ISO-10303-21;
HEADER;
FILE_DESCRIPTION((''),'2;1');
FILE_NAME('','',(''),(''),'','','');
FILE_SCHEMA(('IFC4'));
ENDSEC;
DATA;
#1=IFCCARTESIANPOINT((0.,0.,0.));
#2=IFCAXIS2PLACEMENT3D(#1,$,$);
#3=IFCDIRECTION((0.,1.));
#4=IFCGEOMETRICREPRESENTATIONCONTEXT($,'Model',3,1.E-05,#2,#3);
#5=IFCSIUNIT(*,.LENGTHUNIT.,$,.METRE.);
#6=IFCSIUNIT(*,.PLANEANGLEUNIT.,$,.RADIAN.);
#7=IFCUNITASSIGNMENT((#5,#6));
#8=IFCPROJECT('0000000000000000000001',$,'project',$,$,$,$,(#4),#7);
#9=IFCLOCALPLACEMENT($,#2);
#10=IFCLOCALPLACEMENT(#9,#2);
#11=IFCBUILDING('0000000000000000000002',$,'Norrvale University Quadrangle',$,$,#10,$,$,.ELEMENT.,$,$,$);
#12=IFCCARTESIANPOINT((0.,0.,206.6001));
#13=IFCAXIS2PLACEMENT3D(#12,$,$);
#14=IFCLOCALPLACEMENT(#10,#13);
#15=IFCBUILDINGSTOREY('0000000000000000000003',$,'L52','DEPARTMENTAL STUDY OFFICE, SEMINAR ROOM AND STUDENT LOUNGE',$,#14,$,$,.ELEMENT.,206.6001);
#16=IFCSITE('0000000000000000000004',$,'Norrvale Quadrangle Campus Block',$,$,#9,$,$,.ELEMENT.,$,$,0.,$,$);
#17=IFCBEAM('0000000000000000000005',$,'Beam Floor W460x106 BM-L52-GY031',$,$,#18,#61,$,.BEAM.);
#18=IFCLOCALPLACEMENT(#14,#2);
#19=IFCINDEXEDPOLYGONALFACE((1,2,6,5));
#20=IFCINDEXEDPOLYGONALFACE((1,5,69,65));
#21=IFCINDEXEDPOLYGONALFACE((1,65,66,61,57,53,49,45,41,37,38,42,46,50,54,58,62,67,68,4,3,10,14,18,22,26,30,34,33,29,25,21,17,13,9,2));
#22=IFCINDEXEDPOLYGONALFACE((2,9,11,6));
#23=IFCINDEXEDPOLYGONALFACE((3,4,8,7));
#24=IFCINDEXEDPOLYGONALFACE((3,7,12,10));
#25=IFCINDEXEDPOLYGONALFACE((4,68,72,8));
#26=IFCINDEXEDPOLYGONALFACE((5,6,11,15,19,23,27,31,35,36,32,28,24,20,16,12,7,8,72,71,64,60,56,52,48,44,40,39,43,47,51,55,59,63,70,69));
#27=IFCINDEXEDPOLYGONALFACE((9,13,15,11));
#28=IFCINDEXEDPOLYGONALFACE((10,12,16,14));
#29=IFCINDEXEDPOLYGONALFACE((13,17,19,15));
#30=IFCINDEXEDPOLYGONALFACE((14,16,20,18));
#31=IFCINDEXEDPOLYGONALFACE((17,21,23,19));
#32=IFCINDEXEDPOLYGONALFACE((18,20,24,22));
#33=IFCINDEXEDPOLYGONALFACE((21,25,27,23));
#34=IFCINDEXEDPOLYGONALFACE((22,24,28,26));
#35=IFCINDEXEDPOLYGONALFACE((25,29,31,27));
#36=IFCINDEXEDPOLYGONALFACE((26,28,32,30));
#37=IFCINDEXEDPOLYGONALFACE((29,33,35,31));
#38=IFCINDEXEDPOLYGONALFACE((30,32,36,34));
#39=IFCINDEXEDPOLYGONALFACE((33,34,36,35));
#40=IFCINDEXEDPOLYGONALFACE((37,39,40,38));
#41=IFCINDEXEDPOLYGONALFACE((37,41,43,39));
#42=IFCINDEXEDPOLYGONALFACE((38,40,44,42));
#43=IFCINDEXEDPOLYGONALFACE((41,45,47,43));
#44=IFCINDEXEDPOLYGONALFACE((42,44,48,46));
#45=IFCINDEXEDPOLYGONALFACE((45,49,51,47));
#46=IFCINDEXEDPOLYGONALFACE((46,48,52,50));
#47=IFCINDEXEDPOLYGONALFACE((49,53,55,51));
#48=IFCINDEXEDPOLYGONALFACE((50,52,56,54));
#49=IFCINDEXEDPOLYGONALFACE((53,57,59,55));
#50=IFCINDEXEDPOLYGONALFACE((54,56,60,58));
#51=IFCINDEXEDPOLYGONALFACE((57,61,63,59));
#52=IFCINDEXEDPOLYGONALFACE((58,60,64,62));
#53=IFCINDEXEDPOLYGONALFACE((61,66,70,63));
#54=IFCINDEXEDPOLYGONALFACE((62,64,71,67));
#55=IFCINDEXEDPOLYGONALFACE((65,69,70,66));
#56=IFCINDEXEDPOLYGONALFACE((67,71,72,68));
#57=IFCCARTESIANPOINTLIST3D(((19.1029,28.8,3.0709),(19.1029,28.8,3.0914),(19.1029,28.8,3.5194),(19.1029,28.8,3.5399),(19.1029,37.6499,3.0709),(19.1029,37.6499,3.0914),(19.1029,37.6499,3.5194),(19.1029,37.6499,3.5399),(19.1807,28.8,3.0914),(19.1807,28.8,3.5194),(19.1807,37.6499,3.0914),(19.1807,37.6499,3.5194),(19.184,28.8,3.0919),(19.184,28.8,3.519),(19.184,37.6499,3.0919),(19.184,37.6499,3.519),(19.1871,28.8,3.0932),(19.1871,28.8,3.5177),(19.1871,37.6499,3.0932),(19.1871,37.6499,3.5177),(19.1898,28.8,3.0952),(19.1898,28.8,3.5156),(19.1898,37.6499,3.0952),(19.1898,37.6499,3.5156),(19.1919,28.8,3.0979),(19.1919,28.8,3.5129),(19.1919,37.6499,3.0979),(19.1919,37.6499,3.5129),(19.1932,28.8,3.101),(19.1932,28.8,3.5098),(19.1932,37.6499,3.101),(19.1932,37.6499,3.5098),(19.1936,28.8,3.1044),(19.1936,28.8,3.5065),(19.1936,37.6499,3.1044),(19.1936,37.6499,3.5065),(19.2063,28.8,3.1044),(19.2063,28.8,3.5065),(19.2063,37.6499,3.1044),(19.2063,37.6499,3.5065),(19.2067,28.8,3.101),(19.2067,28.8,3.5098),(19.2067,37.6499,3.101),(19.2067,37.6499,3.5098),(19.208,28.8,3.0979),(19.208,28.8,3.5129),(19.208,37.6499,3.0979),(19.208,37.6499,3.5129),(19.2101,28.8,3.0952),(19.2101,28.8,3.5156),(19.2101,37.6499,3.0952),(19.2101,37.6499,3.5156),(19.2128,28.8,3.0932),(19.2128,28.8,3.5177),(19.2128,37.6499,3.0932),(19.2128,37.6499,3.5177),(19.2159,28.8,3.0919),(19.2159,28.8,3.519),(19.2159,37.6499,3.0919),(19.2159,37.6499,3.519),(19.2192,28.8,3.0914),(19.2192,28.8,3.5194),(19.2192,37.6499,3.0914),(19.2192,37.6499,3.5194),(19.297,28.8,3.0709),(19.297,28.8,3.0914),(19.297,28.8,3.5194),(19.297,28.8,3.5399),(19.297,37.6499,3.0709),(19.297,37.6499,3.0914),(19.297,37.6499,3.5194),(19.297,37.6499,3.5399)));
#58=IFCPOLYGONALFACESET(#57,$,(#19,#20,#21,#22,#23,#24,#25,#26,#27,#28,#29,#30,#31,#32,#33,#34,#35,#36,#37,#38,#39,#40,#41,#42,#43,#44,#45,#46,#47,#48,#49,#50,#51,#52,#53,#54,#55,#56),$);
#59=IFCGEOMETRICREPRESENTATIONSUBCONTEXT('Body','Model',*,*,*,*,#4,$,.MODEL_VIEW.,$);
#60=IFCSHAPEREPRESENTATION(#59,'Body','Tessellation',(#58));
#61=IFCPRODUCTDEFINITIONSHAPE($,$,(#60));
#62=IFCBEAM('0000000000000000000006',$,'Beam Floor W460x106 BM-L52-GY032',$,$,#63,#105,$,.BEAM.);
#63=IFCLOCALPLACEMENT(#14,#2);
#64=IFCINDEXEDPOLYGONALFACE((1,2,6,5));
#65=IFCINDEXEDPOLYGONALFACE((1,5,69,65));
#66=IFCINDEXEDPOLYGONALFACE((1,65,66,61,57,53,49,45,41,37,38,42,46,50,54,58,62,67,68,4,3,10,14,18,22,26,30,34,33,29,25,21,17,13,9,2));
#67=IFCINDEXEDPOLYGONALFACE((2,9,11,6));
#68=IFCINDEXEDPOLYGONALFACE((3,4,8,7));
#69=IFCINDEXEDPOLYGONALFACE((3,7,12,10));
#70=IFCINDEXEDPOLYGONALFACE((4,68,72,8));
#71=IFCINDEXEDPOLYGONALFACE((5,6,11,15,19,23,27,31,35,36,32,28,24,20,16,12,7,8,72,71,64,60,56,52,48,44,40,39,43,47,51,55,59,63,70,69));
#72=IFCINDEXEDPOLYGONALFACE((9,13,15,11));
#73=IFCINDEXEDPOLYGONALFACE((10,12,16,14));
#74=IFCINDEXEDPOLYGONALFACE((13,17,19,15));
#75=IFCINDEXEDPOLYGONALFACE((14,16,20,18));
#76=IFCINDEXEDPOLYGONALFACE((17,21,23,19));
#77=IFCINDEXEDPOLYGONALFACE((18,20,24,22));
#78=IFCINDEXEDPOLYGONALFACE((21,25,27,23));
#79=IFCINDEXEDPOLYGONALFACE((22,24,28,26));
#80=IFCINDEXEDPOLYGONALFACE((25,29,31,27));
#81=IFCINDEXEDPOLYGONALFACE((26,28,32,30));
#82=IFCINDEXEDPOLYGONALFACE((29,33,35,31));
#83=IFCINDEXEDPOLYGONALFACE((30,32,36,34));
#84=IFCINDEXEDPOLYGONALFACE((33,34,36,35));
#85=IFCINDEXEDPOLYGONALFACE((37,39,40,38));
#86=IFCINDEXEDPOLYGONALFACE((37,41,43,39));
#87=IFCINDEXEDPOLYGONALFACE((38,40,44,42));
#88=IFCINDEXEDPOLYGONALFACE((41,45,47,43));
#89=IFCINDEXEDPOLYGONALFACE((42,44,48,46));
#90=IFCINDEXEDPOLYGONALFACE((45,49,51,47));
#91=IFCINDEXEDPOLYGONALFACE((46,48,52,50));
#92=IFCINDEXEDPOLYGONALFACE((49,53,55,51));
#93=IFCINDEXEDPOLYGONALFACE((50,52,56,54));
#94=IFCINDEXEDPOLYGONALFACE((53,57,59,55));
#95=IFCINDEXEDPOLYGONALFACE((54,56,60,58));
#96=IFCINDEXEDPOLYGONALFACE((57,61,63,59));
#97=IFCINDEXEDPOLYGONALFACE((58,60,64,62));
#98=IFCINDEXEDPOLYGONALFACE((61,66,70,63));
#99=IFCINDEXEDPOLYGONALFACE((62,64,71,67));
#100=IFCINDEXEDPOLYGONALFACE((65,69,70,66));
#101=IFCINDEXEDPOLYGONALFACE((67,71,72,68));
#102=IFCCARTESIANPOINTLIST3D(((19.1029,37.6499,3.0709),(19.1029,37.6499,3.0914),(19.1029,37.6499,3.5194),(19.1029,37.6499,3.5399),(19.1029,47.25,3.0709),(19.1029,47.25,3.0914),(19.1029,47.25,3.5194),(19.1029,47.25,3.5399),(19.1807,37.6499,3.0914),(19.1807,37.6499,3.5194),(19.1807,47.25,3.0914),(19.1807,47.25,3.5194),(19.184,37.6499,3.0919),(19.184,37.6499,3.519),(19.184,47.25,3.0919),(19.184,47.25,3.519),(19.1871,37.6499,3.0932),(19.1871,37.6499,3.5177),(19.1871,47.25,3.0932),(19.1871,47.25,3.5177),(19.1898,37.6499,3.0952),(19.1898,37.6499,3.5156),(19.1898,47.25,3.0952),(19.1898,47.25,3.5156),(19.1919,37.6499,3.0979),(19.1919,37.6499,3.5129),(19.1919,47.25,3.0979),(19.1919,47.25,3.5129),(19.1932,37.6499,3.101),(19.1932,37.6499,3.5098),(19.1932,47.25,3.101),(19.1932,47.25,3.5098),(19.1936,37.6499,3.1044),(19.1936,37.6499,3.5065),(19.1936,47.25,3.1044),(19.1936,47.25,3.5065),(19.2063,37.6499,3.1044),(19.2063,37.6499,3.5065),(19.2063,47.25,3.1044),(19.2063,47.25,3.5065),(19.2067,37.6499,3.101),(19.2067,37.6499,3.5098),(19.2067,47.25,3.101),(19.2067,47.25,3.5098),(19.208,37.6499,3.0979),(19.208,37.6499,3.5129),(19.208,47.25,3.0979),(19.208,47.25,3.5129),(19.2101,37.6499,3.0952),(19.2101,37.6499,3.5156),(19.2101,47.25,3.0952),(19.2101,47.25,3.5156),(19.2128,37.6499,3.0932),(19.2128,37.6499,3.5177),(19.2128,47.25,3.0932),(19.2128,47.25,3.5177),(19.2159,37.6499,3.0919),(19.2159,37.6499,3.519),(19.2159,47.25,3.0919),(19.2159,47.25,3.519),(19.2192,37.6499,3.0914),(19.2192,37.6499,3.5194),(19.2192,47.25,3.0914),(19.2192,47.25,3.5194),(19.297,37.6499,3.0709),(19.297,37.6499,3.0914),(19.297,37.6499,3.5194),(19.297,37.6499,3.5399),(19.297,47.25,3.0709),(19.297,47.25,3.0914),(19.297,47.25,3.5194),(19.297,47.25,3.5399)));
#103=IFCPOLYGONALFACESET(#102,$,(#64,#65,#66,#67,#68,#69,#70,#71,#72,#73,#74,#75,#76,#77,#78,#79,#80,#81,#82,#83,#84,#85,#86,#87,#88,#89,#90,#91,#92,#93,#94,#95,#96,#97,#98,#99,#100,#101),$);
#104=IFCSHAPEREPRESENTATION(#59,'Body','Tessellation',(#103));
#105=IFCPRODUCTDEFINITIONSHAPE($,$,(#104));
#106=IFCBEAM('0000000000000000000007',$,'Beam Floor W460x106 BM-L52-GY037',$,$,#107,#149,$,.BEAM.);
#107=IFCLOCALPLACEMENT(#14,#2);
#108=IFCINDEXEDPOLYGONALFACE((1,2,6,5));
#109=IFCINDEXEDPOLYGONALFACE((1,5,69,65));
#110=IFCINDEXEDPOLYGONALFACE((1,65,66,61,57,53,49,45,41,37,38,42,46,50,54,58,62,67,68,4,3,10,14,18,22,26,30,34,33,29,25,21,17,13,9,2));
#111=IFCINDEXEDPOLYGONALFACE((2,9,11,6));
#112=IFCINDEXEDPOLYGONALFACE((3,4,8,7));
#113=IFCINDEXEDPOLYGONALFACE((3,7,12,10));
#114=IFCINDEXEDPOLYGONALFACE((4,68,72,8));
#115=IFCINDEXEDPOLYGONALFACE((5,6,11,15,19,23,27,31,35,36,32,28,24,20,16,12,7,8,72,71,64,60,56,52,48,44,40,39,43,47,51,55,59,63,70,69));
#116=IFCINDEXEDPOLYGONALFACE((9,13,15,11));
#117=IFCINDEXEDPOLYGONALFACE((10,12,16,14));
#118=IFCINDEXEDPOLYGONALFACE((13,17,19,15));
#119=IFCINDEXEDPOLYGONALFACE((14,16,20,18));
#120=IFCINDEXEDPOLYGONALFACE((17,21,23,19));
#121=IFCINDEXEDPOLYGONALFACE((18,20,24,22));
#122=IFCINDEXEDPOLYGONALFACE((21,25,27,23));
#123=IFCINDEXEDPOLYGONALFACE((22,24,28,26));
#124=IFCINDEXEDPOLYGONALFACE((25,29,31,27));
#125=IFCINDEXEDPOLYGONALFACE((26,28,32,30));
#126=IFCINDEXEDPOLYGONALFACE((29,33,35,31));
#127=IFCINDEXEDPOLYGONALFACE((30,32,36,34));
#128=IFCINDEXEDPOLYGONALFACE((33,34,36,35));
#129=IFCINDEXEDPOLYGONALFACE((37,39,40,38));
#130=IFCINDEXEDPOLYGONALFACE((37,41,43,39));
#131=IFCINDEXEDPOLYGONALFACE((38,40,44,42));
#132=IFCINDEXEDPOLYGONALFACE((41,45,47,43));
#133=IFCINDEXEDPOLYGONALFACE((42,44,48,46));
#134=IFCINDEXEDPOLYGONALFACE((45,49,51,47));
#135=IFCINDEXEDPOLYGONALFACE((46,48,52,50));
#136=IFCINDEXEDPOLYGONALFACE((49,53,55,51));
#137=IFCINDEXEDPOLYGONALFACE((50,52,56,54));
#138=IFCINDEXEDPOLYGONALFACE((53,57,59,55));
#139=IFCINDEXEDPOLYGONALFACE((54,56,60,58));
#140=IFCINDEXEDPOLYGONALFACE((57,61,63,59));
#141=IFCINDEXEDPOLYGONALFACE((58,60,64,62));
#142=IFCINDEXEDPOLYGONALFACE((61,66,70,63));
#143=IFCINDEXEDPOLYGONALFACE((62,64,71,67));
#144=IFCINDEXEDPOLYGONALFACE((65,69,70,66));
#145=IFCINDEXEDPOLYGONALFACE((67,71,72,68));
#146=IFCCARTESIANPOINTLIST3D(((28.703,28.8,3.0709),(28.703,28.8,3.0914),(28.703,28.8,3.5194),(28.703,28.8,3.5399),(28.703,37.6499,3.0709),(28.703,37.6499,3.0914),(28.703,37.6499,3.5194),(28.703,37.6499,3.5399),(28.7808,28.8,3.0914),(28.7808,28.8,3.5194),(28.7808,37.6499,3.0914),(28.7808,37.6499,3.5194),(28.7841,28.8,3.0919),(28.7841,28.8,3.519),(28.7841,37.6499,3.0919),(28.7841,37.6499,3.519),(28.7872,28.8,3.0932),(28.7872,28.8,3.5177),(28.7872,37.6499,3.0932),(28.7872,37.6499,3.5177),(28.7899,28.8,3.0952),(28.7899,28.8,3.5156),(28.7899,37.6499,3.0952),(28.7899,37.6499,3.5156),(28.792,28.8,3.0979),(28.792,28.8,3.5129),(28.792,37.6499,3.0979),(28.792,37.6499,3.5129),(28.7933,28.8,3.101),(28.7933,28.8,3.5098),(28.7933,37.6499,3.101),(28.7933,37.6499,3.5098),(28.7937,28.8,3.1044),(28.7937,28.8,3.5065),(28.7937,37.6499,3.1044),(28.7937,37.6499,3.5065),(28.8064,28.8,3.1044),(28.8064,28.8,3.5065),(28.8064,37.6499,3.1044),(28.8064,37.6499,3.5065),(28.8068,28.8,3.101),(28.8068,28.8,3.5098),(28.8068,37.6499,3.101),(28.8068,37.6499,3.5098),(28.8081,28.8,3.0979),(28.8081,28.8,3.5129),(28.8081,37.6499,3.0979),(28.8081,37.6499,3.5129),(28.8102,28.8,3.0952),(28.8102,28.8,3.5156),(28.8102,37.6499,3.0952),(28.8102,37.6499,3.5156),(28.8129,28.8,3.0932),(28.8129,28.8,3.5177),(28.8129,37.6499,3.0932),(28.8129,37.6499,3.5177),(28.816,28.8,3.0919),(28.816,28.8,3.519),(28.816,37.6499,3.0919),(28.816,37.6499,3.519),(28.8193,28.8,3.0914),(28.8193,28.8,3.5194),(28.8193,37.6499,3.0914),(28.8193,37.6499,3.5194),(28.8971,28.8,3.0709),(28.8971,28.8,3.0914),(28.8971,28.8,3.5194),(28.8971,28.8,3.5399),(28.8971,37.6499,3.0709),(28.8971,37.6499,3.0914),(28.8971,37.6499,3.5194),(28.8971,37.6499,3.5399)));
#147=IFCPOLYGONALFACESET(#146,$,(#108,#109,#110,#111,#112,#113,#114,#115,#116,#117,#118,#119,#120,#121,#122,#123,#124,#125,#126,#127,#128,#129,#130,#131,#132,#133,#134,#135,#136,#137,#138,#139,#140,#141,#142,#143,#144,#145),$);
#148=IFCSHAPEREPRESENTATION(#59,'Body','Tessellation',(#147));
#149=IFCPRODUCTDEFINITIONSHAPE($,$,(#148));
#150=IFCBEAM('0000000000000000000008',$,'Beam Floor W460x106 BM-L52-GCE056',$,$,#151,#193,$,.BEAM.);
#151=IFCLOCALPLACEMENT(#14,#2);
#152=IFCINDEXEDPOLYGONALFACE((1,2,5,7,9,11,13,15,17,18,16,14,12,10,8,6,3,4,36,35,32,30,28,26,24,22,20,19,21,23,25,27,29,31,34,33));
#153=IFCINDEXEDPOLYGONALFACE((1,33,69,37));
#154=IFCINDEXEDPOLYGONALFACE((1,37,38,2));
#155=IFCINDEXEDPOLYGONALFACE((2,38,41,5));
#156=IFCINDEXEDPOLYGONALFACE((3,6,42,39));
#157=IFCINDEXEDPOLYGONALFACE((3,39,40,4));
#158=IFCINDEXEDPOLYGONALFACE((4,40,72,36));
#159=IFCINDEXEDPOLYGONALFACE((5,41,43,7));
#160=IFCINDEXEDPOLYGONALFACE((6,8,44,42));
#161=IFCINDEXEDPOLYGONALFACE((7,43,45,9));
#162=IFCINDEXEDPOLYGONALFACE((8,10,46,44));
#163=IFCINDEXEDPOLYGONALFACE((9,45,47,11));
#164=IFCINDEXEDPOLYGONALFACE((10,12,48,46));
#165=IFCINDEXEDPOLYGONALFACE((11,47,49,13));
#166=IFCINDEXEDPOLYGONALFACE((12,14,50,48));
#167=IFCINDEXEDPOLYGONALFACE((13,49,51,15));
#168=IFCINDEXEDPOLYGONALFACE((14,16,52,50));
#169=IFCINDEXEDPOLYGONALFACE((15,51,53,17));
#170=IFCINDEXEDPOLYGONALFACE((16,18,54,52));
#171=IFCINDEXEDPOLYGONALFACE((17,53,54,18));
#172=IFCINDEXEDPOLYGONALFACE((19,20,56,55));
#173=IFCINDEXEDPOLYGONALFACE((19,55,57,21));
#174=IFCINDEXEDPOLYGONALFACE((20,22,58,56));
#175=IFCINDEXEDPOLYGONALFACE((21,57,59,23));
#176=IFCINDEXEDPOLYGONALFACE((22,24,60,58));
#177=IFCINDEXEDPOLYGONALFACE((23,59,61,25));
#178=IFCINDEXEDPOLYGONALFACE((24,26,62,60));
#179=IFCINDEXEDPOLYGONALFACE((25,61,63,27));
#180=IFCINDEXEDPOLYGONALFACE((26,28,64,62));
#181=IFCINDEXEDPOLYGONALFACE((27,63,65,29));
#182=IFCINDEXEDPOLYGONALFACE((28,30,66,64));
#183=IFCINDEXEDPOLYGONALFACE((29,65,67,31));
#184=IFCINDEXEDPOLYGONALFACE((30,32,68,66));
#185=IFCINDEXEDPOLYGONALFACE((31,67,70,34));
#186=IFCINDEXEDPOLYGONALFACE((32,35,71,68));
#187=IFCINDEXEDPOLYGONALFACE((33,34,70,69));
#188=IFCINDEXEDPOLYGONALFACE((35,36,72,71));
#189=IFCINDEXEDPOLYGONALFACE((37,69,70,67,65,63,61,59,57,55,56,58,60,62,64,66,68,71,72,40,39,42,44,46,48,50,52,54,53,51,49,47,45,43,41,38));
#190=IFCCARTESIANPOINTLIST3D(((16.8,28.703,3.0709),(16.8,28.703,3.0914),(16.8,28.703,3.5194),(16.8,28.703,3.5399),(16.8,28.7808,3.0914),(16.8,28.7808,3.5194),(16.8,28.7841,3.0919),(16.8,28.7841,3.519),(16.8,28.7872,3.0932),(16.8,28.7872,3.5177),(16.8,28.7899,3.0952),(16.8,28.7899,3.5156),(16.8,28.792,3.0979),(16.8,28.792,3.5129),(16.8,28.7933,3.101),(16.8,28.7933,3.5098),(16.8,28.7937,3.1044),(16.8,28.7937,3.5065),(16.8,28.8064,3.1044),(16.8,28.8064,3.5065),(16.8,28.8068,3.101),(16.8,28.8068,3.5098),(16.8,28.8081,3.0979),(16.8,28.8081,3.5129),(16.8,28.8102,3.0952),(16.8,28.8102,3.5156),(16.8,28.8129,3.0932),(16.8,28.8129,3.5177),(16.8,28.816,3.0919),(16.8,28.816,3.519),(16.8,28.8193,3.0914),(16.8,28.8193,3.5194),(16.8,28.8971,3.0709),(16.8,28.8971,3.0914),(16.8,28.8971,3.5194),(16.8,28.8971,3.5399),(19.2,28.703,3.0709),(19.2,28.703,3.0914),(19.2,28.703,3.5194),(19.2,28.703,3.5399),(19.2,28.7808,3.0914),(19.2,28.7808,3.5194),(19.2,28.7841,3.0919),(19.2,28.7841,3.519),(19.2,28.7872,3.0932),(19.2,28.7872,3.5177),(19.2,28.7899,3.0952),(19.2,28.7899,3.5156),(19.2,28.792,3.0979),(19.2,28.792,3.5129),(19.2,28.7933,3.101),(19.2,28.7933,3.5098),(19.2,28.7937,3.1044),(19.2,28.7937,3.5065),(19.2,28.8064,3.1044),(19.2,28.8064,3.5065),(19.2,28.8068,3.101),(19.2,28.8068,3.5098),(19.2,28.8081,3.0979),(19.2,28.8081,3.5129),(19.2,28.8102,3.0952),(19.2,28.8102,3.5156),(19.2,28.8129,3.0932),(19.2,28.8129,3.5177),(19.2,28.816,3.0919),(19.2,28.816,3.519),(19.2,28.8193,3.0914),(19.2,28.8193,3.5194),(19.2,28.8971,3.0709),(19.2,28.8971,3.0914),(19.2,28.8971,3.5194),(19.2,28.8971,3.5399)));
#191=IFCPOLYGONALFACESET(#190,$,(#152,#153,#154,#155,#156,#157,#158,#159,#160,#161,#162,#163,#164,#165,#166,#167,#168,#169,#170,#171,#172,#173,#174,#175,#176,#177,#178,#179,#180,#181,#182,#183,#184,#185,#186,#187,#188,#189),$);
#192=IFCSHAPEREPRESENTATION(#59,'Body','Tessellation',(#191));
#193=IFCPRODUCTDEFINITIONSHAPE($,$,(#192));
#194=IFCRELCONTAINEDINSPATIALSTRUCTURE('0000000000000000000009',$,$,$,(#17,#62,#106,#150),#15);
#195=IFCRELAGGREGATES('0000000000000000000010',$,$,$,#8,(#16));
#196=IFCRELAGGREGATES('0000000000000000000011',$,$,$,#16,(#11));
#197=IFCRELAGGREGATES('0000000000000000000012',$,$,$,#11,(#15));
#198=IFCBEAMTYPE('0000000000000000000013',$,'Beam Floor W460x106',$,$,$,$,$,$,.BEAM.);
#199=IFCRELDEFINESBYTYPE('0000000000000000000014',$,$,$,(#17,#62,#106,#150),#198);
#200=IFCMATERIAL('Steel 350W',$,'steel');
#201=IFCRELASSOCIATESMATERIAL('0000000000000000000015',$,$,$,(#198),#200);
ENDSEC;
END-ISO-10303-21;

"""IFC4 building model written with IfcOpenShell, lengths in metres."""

from ifc_helpers import new_model, si_unit, direction, frame, origin, origin_2d, place, context, subcontext, project, spatial, i_section, extrude, material, material_profile, profile_set, type_object, element, save


model = new_model("IFC4")

# Units and contexts
model_context = context("Model", 3, precision=1e-05, world=origin(), true_north=direction((0.0, 1.0)))
body_context = subcontext(model_context, "Body", "Model", "MODEL_VIEW")
ifc_project = project(units=[si_unit("LENGTHUNIT", "METRE"), si_unit("PLANEANGLEUNIT", "RADIAN")], contexts=[model_context])

# Site, building, storey
site_placement = place(None, origin())
site = spatial("IfcSite", under=ifc_project, at=site_placement, Name="Norrvale Quadrangle Campus Block", CompositionType="ELEMENT", RefElevation=0.0)
building_placement = place(site_placement, origin())
building = spatial("IfcBuilding", under=site, at=building_placement, Name="Norrvale University Quadrangle", CompositionType="ELEMENT")
storey_placement = place(building_placement, frame((0.0, 0.0, 206.6001)))
storey = spatial("IfcBuildingStorey", under=building, at=storey_placement, Name="L52", Description="DEPARTMENTAL STUDY OFFICE, SEMINAR ROOM AND STUDENT LOUNGE", CompositionType="ELEMENT", Elevation=206.6001)

# Beams
ifc_material_1 = material(Name="Steel 350W", Category="steel")
ifc_material_profile_1 = material_profile(ifc_material_1, i_section(OverallWidth=0.1941, OverallDepth=0.469, WebThickness=0.0127, FlangeThickness=0.0205, FilletRadius=0.0129, at=origin_2d()), Name="Steel 350W")
ifc_profile_set_1 = profile_set([ifc_material_profile_1], Name="Steel 350W")
beam_type_1 = type_object("IfcBeamType", Name="Beam Floor W460x106", PredefinedType="BEAM", material=ifc_profile_set_1)
beam_1_placement = place(storey_placement, frame((19.2, 28.8, 3.3054), z_axis=(0.0, 1.0, 0.0), x_axis=(-1.0, 0.0, 0.0)))
element("IfcBeam", 1, at=beam_1_placement, inside=storey, type_object=beam_type_1, Name="Beam Floor W460x106 BM-L52-GY031", PredefinedType="BEAM", context=body_context, shape_type="SweptSolid", body=[
    extrude(i_section(OverallWidth=0.1941, OverallDepth=0.469, WebThickness=0.0127, FlangeThickness=0.0205, FilletRadius=0.0129, at=origin_2d()), origin(), (0.0, 0.0, 1.0), 8.8499),
])
beam_2_placement = place(storey_placement, frame((19.2, 37.6499, 3.3054), z_axis=(0.0, 1.0, 0.0), x_axis=(-1.0, 0.0, 0.0)))
element("IfcBeam", 2, at=beam_2_placement, inside=storey, type_object=beam_type_1, Name="Beam Floor W460x106 BM-L52-GY032", PredefinedType="BEAM", context=body_context, shape_type="SweptSolid", body=[
    extrude(i_section(OverallWidth=0.1941, OverallDepth=0.469, WebThickness=0.0127, FlangeThickness=0.0205, FilletRadius=0.0129, at=origin_2d()), origin(), (0.0, 0.0, 1.0), 9.6001),
])
beam_3_placement = place(storey_placement, frame((28.8, 28.8, 3.3054), z_axis=(0.0, 1.0, 0.0), x_axis=(-1.0, 0.0, 0.0)))
element("IfcBeam", 3, at=beam_3_placement, inside=storey, type_object=beam_type_1, Name="Beam Floor W460x106 BM-L52-GY037", PredefinedType="BEAM", context=body_context, shape_type="SweptSolid", body=[
    extrude(i_section(OverallWidth=0.1941, OverallDepth=0.469, WebThickness=0.0127, FlangeThickness=0.0205, FilletRadius=0.0129, at=origin_2d()), origin(), (0.0, 0.0, 1.0), 8.8499),
])
for number, where, z_axis, x_axis, name in (
    (4, (16.8, 28.8, 3.3054), (1.0, 0.0, 0.0), (0.0, 1.0, 0.0), "Beam Floor W460x106 BM-L52-GCE056"),
):
    element("IfcBeam", number, at=place(storey_placement, frame(where, z_axis=z_axis, x_axis=x_axis)), inside=storey, type_object=beam_type_1, Name=name, PredefinedType="BEAM", context=body_context, shape_type="SweptSolid", body=[
        extrude(i_section(OverallWidth=0.1941, OverallDepth=0.469, WebThickness=0.0127, FlangeThickness=0.0205, FilletRadius=0.0129, at=origin_2d()), origin(), (0.0, 0.0, 1.0), 2.3999),
    ])

save(model, "model.ifc")
